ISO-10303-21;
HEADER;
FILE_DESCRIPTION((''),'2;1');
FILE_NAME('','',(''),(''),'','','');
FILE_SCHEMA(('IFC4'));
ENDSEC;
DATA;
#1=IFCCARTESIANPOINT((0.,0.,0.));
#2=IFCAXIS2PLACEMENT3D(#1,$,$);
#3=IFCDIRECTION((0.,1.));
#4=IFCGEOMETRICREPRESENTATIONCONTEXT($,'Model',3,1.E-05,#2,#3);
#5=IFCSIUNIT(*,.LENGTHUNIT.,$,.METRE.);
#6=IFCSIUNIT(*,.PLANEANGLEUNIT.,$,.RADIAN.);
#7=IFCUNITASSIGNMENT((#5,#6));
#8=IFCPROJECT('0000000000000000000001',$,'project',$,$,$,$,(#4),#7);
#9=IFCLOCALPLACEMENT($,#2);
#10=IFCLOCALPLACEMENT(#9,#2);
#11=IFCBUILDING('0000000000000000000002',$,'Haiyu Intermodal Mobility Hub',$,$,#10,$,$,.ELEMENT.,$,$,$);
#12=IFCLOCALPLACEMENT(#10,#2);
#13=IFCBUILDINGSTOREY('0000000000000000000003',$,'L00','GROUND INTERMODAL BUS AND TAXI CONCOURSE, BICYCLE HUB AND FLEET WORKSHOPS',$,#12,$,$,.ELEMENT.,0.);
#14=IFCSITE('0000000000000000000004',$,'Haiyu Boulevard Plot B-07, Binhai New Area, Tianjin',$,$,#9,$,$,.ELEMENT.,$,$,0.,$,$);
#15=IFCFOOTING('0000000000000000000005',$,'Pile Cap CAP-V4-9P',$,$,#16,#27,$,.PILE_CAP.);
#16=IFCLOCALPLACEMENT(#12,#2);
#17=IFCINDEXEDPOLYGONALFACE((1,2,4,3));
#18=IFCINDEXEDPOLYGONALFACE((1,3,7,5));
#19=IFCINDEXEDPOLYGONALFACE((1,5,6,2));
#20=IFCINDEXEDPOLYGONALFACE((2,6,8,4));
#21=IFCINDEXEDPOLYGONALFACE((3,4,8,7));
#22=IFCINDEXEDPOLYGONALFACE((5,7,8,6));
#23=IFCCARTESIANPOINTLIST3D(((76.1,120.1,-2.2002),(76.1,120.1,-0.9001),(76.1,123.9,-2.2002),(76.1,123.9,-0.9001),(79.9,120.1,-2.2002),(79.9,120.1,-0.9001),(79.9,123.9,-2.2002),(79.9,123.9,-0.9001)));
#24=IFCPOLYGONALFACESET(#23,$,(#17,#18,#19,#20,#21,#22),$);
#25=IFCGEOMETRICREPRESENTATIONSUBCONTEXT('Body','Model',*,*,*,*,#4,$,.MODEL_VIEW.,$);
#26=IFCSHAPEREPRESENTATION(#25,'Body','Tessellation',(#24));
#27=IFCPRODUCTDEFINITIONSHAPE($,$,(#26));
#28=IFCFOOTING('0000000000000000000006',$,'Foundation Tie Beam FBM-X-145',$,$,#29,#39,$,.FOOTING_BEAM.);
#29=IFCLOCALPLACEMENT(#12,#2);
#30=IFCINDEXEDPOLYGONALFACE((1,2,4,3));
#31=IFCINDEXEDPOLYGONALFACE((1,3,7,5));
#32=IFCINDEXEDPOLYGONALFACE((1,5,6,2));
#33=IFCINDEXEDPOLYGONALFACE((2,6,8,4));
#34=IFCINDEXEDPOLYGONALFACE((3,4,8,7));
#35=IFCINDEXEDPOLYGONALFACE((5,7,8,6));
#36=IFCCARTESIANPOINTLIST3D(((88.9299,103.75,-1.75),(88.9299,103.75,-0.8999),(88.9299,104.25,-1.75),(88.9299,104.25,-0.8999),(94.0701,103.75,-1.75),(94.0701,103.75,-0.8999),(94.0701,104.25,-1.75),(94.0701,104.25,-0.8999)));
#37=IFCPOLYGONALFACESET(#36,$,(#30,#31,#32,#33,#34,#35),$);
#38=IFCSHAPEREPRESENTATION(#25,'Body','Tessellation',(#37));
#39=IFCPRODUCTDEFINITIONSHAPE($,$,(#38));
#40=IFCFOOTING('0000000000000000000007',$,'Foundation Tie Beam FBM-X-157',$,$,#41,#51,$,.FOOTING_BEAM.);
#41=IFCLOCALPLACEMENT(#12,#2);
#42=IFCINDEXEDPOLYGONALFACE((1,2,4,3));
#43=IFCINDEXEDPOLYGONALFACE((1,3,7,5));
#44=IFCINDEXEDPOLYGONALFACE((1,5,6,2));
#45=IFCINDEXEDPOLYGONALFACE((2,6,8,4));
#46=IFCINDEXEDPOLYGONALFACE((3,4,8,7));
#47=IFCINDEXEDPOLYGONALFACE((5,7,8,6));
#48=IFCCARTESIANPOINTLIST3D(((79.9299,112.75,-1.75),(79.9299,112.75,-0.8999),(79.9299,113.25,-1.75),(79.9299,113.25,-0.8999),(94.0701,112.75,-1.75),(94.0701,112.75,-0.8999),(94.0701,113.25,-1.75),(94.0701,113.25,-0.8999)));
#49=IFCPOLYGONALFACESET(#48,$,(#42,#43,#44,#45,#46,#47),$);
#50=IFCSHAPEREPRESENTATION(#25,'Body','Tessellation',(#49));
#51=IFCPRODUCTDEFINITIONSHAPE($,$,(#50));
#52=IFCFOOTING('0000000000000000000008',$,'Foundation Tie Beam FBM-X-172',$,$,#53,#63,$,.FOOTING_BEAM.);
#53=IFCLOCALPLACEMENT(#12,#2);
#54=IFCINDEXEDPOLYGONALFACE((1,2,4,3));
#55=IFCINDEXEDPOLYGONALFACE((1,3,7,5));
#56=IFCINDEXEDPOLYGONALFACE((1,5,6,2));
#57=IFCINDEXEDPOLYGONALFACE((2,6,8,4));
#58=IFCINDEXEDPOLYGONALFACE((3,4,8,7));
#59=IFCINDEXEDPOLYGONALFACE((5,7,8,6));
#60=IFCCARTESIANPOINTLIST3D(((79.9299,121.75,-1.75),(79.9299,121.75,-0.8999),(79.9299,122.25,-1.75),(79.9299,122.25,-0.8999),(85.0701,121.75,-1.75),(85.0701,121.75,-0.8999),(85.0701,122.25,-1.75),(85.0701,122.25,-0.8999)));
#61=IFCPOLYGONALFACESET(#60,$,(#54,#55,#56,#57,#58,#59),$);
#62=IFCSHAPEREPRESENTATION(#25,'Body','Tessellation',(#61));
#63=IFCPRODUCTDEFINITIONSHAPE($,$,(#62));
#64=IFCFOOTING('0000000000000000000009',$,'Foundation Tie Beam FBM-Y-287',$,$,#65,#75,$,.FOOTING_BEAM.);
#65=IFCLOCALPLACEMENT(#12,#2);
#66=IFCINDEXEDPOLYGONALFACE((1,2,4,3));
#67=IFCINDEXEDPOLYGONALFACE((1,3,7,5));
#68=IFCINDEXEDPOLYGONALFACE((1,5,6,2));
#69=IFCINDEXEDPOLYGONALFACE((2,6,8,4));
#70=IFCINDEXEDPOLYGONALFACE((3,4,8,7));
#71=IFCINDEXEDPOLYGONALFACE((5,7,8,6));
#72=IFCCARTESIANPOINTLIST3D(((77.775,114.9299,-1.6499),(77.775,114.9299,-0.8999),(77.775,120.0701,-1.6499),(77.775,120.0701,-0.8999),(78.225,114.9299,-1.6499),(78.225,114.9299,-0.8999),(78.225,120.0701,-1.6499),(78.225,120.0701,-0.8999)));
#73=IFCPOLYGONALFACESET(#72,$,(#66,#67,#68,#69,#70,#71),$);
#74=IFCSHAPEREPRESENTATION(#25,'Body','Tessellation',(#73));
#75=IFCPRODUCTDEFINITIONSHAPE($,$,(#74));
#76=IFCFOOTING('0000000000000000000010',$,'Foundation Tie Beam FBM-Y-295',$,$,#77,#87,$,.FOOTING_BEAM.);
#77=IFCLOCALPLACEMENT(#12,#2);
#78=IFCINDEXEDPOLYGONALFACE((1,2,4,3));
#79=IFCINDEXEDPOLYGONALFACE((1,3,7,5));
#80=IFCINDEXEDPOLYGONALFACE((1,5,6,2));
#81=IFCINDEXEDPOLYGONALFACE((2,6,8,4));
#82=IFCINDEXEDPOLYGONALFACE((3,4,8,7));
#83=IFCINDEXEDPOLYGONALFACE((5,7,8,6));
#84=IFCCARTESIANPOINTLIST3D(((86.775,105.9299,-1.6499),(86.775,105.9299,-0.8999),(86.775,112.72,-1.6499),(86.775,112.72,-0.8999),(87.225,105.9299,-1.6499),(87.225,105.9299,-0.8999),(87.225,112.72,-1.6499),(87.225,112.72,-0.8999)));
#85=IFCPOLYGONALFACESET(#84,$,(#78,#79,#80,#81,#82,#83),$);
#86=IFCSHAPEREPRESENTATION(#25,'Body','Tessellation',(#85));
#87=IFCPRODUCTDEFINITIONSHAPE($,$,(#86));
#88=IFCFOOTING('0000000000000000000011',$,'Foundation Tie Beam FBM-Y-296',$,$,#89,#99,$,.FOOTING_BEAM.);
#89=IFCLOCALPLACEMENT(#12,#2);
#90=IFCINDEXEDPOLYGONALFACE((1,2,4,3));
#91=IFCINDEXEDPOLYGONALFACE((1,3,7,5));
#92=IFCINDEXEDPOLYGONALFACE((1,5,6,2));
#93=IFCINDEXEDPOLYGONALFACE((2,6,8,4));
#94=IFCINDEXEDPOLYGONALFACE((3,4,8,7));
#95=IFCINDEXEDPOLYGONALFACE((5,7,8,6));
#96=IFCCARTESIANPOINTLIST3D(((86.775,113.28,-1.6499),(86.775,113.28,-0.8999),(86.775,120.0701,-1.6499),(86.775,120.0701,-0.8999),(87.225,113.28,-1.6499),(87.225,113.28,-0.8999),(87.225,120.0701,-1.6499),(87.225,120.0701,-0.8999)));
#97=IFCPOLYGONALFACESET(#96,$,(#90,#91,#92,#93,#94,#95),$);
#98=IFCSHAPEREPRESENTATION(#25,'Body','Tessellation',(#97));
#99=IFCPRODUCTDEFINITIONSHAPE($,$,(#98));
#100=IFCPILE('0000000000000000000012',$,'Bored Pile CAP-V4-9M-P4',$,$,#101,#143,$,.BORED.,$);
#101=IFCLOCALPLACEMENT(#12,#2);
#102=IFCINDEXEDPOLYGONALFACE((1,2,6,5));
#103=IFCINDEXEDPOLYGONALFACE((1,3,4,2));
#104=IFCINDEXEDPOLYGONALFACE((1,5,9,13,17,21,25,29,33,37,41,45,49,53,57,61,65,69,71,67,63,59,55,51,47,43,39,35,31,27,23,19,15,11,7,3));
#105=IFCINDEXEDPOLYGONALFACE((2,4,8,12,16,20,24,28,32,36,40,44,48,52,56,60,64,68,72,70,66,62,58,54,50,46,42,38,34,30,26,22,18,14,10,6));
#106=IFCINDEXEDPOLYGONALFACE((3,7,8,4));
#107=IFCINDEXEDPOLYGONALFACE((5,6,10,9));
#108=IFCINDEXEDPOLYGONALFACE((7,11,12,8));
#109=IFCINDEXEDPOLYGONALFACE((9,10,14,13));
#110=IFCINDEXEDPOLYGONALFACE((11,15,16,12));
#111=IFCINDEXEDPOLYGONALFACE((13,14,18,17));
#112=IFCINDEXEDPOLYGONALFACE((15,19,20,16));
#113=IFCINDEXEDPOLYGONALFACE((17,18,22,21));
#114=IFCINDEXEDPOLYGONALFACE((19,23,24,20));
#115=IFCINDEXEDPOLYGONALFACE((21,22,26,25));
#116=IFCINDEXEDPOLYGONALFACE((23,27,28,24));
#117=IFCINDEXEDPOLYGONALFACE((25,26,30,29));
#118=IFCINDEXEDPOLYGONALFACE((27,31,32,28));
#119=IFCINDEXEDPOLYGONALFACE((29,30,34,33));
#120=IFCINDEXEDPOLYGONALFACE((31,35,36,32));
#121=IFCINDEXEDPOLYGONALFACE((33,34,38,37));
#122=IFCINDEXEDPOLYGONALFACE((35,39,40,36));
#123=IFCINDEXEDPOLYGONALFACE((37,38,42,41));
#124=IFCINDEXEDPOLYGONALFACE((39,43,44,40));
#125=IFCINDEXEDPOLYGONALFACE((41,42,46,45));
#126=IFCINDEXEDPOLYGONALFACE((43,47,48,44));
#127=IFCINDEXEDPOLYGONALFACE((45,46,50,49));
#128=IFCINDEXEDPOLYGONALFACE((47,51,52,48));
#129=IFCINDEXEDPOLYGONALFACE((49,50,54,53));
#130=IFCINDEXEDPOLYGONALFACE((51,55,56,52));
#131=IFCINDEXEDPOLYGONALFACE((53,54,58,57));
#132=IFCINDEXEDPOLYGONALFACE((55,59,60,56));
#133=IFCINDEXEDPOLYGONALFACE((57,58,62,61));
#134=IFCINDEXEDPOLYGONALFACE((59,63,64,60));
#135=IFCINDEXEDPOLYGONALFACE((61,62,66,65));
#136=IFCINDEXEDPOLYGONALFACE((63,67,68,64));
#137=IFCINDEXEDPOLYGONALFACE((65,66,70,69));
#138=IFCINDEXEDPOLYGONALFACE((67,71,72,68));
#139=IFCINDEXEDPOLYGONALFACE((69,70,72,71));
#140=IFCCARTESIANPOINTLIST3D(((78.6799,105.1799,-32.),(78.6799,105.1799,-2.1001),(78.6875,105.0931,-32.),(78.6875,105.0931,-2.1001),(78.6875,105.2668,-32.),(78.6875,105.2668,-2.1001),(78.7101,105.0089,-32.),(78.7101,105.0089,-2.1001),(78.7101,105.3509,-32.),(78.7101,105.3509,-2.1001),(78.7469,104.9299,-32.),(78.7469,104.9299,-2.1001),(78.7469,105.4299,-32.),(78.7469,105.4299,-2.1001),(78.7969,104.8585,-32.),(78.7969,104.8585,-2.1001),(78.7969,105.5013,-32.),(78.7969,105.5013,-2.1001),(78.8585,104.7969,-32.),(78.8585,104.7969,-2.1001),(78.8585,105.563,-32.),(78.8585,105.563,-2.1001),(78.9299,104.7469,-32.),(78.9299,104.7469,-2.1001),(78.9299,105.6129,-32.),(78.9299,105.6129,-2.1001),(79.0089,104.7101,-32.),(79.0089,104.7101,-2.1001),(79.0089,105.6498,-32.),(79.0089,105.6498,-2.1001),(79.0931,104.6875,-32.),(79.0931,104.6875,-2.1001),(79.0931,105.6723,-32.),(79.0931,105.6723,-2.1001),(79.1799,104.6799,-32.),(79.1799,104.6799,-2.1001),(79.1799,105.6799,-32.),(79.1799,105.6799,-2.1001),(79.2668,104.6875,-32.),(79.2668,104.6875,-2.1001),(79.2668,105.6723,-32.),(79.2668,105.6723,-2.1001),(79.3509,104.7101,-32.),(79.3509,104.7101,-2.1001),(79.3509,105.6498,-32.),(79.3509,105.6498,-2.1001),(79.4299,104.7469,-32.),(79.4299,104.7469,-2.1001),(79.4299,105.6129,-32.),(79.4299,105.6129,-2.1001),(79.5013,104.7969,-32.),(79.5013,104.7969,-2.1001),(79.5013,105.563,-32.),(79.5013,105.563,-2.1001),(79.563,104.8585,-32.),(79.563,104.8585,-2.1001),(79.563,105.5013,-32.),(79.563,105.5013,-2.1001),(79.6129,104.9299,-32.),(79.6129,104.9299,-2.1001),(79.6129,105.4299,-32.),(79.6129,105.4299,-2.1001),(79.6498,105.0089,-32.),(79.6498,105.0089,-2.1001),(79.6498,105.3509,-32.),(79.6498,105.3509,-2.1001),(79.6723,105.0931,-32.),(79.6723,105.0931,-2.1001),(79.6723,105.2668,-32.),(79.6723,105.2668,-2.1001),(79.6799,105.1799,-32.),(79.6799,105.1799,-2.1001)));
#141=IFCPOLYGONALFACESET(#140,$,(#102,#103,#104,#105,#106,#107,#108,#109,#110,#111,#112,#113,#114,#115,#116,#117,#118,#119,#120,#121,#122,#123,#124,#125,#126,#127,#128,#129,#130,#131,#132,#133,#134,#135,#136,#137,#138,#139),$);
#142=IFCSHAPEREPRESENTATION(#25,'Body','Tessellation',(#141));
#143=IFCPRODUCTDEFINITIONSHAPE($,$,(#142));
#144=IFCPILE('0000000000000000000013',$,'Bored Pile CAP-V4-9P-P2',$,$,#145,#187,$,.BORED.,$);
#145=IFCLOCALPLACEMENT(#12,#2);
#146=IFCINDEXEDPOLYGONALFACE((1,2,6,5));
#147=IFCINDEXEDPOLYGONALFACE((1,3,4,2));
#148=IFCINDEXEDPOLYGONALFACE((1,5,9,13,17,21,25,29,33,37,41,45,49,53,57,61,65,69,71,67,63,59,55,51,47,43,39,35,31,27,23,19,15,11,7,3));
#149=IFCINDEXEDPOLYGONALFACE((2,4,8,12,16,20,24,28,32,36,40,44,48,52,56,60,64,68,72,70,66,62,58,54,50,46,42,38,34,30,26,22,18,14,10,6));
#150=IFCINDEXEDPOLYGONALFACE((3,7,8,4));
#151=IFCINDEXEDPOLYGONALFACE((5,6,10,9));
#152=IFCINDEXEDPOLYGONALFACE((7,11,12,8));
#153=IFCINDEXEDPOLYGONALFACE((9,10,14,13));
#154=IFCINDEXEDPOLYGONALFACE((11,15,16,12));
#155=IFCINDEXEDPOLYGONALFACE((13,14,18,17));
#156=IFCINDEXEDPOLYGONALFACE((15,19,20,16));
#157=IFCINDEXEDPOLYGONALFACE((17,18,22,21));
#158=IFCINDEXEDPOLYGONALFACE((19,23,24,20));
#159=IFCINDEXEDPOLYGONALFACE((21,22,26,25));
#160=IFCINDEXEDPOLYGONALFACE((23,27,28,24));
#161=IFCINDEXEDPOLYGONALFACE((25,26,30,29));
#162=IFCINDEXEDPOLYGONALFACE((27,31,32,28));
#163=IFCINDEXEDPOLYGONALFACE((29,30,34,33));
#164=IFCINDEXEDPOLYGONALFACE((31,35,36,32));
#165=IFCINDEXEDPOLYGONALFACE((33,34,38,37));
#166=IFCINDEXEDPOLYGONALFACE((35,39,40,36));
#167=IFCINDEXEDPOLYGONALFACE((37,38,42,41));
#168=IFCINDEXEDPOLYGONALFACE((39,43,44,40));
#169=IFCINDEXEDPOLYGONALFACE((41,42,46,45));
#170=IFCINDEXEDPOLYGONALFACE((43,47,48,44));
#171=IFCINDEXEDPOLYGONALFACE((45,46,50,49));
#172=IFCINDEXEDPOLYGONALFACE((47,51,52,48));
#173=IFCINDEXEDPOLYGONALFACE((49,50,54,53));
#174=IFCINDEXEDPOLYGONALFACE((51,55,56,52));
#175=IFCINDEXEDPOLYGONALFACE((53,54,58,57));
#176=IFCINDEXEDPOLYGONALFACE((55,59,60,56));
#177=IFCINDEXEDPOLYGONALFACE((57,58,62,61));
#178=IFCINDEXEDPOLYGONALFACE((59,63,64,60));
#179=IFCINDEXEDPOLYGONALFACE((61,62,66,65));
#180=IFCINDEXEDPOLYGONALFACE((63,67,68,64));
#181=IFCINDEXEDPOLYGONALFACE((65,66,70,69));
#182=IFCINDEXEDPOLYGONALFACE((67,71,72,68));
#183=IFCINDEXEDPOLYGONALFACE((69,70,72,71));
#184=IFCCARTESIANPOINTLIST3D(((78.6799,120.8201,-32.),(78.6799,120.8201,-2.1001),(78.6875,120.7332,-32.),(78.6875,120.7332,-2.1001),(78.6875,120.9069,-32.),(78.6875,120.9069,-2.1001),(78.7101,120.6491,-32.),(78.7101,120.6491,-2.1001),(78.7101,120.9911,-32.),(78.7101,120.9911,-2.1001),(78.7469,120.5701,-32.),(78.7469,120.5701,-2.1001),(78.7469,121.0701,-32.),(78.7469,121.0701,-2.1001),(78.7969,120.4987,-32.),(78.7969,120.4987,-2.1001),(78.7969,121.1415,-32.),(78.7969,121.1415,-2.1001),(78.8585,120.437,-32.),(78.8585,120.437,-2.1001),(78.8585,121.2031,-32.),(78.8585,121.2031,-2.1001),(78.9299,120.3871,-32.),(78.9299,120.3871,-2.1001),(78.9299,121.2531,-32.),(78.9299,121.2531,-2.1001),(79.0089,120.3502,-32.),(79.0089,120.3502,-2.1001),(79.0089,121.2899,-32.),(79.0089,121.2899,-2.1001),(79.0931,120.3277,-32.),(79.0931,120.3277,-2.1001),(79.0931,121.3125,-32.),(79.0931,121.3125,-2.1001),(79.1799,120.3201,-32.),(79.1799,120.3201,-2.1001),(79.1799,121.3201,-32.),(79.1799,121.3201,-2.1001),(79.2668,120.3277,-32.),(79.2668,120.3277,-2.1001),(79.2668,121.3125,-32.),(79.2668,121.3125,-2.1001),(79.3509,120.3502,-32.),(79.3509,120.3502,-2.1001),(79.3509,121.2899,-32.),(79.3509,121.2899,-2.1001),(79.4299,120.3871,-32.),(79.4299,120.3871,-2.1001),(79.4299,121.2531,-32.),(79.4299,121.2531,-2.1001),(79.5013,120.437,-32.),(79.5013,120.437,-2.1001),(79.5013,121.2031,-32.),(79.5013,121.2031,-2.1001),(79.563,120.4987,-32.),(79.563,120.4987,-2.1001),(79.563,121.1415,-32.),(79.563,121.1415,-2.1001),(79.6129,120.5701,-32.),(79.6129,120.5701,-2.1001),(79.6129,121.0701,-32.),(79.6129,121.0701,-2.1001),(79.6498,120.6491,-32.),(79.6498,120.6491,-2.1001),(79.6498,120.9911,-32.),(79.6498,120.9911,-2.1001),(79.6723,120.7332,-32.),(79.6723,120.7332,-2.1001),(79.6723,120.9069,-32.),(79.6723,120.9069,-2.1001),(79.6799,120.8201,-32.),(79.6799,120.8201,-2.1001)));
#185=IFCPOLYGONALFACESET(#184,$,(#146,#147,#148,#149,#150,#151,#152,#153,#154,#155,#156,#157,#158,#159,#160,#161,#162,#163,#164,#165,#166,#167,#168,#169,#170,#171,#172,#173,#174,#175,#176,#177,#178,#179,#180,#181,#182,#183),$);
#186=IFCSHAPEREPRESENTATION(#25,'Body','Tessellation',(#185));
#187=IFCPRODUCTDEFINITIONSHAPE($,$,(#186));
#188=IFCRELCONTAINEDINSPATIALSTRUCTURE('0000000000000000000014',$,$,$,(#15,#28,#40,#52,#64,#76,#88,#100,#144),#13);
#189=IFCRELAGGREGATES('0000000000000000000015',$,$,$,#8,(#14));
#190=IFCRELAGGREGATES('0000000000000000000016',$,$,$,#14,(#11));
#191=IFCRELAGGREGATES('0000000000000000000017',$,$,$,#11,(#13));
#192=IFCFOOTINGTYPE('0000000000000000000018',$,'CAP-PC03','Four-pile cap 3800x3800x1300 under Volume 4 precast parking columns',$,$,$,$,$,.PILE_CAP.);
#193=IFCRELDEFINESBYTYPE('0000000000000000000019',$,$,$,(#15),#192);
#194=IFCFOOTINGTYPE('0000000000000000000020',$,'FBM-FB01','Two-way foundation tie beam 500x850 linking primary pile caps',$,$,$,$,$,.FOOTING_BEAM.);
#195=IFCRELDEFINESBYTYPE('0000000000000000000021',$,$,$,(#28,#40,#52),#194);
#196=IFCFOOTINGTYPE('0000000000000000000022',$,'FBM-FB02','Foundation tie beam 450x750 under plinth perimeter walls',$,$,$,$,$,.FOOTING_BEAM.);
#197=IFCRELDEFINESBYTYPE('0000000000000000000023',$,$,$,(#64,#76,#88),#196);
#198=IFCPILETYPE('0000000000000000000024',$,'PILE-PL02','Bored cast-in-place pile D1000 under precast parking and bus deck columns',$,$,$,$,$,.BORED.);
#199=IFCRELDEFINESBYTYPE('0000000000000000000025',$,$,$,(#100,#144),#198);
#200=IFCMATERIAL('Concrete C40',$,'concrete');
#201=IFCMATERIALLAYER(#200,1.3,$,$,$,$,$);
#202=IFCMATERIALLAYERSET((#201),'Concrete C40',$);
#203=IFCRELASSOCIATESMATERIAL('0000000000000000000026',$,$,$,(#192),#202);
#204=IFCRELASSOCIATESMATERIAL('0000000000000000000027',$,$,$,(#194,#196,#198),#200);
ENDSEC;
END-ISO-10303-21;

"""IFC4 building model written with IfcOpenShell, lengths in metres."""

from ifc_helpers import new_model, si_unit, direction, frame, origin, origin_2d, place, context, subcontext, project, spatial, rectangle, circle, extrude, material, layer, layer_set, material_profile, profile_set, type_object, element, save


model = new_model("IFC4")

# Units and contexts
model_context = context("Model", 3, precision=1e-05, world=origin(), true_north=direction((0.0, 1.0)))
body_context = subcontext(model_context, "Body", "Model", "MODEL_VIEW")
ifc_project = project(units=[si_unit("LENGTHUNIT", "METRE"), si_unit("PLANEANGLEUNIT", "RADIAN")], contexts=[model_context])

# Site, building, storey
site_placement = place(None, origin())
site = spatial("IfcSite", under=ifc_project, at=site_placement, Name="Haiyu Boulevard Plot B-07, Binhai New Area, Tianjin", CompositionType="ELEMENT", RefElevation=0.0)
building_placement = place(site_placement, origin())
building = spatial("IfcBuilding", under=site, at=building_placement, Name="Haiyu Intermodal Mobility Hub", CompositionType="ELEMENT")
storey_placement = place(building_placement, origin())
storey = spatial("IfcBuildingStorey", under=building, at=storey_placement, Name="L00", Description="GROUND INTERMODAL BUS AND TAXI CONCOURSE, BICYCLE HUB AND FLEET WORKSHOPS", CompositionType="ELEMENT", Elevation=0.0)

# Footings
ifc_material_1 = material(Name="Concrete C40", Category="concrete")
ifc_layer_1 = layer(ifc_material_1, 1.3)
ifc_layer_set_1 = layer_set([ifc_layer_1], Name="Concrete C40")
footing_type_1 = type_object("IfcFootingType", Name="CAP-PC03", Description="Four-pile cap 3800x3800x1300 under Volume 4 precast parking columns", PredefinedType="PILE_CAP", material=ifc_layer_set_1)
footing_1_placement = place(storey_placement, frame((78.0, 122.0, -2.2002), z_axis=(0.0, 0.0, 1.0), x_axis=(1.0, 0.0, 0.0)))
element("IfcFooting", 1, at=footing_1_placement, inside=storey, type_object=footing_type_1, Name="Pile Cap CAP-V4-9P", PredefinedType="PILE_CAP", context=body_context, shape_type="SweptSolid", body=[
    extrude(rectangle(XDim=3.8, YDim=3.8, at=origin_2d()), origin(), (0.0, 0.0, 1.0), 1.3),
])
ifc_material_profile_1 = material_profile(ifc_material_1, rectangle(XDim=0.5, YDim=0.8501, at=origin_2d()), Name="FB500x850")
ifc_profile_set_1 = profile_set([ifc_material_profile_1], Name="Concrete C40")
footing_type_2 = type_object("IfcFootingType", Name="FBM-FB01", Description="Two-way foundation tie beam 500x850 linking primary pile caps", PredefinedType="FOOTING_BEAM", material=ifc_profile_set_1)
footing_2_placement = place(storey_placement, frame((88.9299, 104.0, -1.325), z_axis=(1.0, 0.0, 0.0), x_axis=(0.0, 1.0, 0.0)))
element("IfcFooting", 2, at=footing_2_placement, inside=storey, type_object=footing_type_2, Name="Foundation Tie Beam FBM-X-145", PredefinedType="FOOTING_BEAM", context=body_context, shape_type="SweptSolid", body=[
    extrude(rectangle(XDim=0.5, YDim=0.8501, at=origin_2d()), origin(), (0.0, 0.0, 1.0), 5.1401),
])
footing_3_placement = place(storey_placement, frame((79.9299, 113.0, -1.325), z_axis=(1.0, 0.0, 0.0), x_axis=(0.0, 1.0, 0.0)))
element("IfcFooting", 3, at=footing_3_placement, inside=storey, type_object=footing_type_2, Name="Foundation Tie Beam FBM-X-157", PredefinedType="FOOTING_BEAM", context=body_context, shape_type="SweptSolid", body=[
    extrude(rectangle(XDim=0.5, YDim=0.8501, at=origin_2d()), origin(), (0.0, 0.0, 1.0), 14.1401),
])
footing_4_placement = place(storey_placement, frame((79.9299, 122.0, -1.325), z_axis=(1.0, 0.0, 0.0), x_axis=(0.0, 1.0, 0.0)))
element("IfcFooting", 4, at=footing_4_placement, inside=storey, type_object=footing_type_2, Name="Foundation Tie Beam FBM-X-172", PredefinedType="FOOTING_BEAM", context=body_context, shape_type="SweptSolid", body=[
    extrude(rectangle(XDim=0.5, YDim=0.8501, at=origin_2d()), origin(), (0.0, 0.0, 1.0), 5.1401),
])
ifc_material_profile_2 = material_profile(ifc_material_1, rectangle(XDim=0.45, YDim=0.75, at=origin_2d()), Name="FB450x750")
ifc_profile_set_2 = profile_set([ifc_material_profile_2], Name="Concrete C40")
footing_type_3 = type_object("IfcFootingType", Name="FBM-FB02", Description="Foundation tie beam 450x750 under plinth perimeter walls", PredefinedType="FOOTING_BEAM", material=ifc_profile_set_2)
footing_5_placement = place(storey_placement, frame((78.0, 114.9299, -1.2749), z_axis=(0.0, 1.0, 0.0), x_axis=(-1.0, 0.0, 0.0)))
element("IfcFooting", 5, at=footing_5_placement, inside=storey, type_object=footing_type_3, Name="Foundation Tie Beam FBM-Y-287", PredefinedType="FOOTING_BEAM", context=body_context, shape_type="SweptSolid", body=[
    extrude(rectangle(XDim=0.45, YDim=0.75, at=origin_2d()), origin(), (0.0, 0.0, 1.0), 5.1401),
])
for number, where, z_axis, x_axis, name in (
    (6, (87.0, 105.9299, -1.2749), (0.0, 1.0, 0.0), (-1.0, 0.0, 0.0), "Foundation Tie Beam FBM-Y-295"),
    (7, (87.0, 113.28, -1.2749), (0.0, 1.0, 0.0), (-1.0, 0.0, 0.0), "Foundation Tie Beam FBM-Y-296"),
):
    element("IfcFooting", number, at=place(storey_placement, frame(where, z_axis=z_axis, x_axis=x_axis)), inside=storey, type_object=footing_type_3, Name=name, PredefinedType="FOOTING_BEAM", context=body_context, shape_type="SweptSolid", body=[
        extrude(rectangle(XDim=0.45, YDim=0.75, at=origin_2d()), origin(), (0.0, 0.0, 1.0), 6.79),
    ])

# Piles
ifc_material_profile_3 = material_profile(ifc_material_1, circle(Radius=0.5, at=origin_2d()), Name="PILE-D1000")
ifc_profile_set_3 = profile_set([ifc_material_profile_3], Name="Concrete C40")
pile_type = type_object("IfcPileType", Name="PILE-PL02", Description="Bored cast-in-place pile D1000 under precast parking and bus deck columns", PredefinedType="BORED", material=ifc_profile_set_3)
for number, where, z_axis, x_axis, name in (
    (8, (79.1799, 105.1799, -2.1001), (0.0, 0.0, -1.0), (1.0, 0.0, 0.0), "Bored Pile CAP-V4-9M-P4"),
    (9, (79.1799, 120.8201, -2.1001), (0.0, 0.0, -1.0), (1.0, 0.0, 0.0), "Bored Pile CAP-V4-9P-P2"),
):
    element("IfcPile", number, at=place(storey_placement, frame(where, z_axis=z_axis, x_axis=x_axis)), inside=storey, type_object=pile_type, Name=name, PredefinedType="BORED", context=body_context, shape_type="SweptSolid", body=[
        extrude(circle(Radius=0.5, at=origin_2d()), origin(), (0.0, 0.0, 1.0), 29.8999),
    ])

save(model, "model.ifc")
